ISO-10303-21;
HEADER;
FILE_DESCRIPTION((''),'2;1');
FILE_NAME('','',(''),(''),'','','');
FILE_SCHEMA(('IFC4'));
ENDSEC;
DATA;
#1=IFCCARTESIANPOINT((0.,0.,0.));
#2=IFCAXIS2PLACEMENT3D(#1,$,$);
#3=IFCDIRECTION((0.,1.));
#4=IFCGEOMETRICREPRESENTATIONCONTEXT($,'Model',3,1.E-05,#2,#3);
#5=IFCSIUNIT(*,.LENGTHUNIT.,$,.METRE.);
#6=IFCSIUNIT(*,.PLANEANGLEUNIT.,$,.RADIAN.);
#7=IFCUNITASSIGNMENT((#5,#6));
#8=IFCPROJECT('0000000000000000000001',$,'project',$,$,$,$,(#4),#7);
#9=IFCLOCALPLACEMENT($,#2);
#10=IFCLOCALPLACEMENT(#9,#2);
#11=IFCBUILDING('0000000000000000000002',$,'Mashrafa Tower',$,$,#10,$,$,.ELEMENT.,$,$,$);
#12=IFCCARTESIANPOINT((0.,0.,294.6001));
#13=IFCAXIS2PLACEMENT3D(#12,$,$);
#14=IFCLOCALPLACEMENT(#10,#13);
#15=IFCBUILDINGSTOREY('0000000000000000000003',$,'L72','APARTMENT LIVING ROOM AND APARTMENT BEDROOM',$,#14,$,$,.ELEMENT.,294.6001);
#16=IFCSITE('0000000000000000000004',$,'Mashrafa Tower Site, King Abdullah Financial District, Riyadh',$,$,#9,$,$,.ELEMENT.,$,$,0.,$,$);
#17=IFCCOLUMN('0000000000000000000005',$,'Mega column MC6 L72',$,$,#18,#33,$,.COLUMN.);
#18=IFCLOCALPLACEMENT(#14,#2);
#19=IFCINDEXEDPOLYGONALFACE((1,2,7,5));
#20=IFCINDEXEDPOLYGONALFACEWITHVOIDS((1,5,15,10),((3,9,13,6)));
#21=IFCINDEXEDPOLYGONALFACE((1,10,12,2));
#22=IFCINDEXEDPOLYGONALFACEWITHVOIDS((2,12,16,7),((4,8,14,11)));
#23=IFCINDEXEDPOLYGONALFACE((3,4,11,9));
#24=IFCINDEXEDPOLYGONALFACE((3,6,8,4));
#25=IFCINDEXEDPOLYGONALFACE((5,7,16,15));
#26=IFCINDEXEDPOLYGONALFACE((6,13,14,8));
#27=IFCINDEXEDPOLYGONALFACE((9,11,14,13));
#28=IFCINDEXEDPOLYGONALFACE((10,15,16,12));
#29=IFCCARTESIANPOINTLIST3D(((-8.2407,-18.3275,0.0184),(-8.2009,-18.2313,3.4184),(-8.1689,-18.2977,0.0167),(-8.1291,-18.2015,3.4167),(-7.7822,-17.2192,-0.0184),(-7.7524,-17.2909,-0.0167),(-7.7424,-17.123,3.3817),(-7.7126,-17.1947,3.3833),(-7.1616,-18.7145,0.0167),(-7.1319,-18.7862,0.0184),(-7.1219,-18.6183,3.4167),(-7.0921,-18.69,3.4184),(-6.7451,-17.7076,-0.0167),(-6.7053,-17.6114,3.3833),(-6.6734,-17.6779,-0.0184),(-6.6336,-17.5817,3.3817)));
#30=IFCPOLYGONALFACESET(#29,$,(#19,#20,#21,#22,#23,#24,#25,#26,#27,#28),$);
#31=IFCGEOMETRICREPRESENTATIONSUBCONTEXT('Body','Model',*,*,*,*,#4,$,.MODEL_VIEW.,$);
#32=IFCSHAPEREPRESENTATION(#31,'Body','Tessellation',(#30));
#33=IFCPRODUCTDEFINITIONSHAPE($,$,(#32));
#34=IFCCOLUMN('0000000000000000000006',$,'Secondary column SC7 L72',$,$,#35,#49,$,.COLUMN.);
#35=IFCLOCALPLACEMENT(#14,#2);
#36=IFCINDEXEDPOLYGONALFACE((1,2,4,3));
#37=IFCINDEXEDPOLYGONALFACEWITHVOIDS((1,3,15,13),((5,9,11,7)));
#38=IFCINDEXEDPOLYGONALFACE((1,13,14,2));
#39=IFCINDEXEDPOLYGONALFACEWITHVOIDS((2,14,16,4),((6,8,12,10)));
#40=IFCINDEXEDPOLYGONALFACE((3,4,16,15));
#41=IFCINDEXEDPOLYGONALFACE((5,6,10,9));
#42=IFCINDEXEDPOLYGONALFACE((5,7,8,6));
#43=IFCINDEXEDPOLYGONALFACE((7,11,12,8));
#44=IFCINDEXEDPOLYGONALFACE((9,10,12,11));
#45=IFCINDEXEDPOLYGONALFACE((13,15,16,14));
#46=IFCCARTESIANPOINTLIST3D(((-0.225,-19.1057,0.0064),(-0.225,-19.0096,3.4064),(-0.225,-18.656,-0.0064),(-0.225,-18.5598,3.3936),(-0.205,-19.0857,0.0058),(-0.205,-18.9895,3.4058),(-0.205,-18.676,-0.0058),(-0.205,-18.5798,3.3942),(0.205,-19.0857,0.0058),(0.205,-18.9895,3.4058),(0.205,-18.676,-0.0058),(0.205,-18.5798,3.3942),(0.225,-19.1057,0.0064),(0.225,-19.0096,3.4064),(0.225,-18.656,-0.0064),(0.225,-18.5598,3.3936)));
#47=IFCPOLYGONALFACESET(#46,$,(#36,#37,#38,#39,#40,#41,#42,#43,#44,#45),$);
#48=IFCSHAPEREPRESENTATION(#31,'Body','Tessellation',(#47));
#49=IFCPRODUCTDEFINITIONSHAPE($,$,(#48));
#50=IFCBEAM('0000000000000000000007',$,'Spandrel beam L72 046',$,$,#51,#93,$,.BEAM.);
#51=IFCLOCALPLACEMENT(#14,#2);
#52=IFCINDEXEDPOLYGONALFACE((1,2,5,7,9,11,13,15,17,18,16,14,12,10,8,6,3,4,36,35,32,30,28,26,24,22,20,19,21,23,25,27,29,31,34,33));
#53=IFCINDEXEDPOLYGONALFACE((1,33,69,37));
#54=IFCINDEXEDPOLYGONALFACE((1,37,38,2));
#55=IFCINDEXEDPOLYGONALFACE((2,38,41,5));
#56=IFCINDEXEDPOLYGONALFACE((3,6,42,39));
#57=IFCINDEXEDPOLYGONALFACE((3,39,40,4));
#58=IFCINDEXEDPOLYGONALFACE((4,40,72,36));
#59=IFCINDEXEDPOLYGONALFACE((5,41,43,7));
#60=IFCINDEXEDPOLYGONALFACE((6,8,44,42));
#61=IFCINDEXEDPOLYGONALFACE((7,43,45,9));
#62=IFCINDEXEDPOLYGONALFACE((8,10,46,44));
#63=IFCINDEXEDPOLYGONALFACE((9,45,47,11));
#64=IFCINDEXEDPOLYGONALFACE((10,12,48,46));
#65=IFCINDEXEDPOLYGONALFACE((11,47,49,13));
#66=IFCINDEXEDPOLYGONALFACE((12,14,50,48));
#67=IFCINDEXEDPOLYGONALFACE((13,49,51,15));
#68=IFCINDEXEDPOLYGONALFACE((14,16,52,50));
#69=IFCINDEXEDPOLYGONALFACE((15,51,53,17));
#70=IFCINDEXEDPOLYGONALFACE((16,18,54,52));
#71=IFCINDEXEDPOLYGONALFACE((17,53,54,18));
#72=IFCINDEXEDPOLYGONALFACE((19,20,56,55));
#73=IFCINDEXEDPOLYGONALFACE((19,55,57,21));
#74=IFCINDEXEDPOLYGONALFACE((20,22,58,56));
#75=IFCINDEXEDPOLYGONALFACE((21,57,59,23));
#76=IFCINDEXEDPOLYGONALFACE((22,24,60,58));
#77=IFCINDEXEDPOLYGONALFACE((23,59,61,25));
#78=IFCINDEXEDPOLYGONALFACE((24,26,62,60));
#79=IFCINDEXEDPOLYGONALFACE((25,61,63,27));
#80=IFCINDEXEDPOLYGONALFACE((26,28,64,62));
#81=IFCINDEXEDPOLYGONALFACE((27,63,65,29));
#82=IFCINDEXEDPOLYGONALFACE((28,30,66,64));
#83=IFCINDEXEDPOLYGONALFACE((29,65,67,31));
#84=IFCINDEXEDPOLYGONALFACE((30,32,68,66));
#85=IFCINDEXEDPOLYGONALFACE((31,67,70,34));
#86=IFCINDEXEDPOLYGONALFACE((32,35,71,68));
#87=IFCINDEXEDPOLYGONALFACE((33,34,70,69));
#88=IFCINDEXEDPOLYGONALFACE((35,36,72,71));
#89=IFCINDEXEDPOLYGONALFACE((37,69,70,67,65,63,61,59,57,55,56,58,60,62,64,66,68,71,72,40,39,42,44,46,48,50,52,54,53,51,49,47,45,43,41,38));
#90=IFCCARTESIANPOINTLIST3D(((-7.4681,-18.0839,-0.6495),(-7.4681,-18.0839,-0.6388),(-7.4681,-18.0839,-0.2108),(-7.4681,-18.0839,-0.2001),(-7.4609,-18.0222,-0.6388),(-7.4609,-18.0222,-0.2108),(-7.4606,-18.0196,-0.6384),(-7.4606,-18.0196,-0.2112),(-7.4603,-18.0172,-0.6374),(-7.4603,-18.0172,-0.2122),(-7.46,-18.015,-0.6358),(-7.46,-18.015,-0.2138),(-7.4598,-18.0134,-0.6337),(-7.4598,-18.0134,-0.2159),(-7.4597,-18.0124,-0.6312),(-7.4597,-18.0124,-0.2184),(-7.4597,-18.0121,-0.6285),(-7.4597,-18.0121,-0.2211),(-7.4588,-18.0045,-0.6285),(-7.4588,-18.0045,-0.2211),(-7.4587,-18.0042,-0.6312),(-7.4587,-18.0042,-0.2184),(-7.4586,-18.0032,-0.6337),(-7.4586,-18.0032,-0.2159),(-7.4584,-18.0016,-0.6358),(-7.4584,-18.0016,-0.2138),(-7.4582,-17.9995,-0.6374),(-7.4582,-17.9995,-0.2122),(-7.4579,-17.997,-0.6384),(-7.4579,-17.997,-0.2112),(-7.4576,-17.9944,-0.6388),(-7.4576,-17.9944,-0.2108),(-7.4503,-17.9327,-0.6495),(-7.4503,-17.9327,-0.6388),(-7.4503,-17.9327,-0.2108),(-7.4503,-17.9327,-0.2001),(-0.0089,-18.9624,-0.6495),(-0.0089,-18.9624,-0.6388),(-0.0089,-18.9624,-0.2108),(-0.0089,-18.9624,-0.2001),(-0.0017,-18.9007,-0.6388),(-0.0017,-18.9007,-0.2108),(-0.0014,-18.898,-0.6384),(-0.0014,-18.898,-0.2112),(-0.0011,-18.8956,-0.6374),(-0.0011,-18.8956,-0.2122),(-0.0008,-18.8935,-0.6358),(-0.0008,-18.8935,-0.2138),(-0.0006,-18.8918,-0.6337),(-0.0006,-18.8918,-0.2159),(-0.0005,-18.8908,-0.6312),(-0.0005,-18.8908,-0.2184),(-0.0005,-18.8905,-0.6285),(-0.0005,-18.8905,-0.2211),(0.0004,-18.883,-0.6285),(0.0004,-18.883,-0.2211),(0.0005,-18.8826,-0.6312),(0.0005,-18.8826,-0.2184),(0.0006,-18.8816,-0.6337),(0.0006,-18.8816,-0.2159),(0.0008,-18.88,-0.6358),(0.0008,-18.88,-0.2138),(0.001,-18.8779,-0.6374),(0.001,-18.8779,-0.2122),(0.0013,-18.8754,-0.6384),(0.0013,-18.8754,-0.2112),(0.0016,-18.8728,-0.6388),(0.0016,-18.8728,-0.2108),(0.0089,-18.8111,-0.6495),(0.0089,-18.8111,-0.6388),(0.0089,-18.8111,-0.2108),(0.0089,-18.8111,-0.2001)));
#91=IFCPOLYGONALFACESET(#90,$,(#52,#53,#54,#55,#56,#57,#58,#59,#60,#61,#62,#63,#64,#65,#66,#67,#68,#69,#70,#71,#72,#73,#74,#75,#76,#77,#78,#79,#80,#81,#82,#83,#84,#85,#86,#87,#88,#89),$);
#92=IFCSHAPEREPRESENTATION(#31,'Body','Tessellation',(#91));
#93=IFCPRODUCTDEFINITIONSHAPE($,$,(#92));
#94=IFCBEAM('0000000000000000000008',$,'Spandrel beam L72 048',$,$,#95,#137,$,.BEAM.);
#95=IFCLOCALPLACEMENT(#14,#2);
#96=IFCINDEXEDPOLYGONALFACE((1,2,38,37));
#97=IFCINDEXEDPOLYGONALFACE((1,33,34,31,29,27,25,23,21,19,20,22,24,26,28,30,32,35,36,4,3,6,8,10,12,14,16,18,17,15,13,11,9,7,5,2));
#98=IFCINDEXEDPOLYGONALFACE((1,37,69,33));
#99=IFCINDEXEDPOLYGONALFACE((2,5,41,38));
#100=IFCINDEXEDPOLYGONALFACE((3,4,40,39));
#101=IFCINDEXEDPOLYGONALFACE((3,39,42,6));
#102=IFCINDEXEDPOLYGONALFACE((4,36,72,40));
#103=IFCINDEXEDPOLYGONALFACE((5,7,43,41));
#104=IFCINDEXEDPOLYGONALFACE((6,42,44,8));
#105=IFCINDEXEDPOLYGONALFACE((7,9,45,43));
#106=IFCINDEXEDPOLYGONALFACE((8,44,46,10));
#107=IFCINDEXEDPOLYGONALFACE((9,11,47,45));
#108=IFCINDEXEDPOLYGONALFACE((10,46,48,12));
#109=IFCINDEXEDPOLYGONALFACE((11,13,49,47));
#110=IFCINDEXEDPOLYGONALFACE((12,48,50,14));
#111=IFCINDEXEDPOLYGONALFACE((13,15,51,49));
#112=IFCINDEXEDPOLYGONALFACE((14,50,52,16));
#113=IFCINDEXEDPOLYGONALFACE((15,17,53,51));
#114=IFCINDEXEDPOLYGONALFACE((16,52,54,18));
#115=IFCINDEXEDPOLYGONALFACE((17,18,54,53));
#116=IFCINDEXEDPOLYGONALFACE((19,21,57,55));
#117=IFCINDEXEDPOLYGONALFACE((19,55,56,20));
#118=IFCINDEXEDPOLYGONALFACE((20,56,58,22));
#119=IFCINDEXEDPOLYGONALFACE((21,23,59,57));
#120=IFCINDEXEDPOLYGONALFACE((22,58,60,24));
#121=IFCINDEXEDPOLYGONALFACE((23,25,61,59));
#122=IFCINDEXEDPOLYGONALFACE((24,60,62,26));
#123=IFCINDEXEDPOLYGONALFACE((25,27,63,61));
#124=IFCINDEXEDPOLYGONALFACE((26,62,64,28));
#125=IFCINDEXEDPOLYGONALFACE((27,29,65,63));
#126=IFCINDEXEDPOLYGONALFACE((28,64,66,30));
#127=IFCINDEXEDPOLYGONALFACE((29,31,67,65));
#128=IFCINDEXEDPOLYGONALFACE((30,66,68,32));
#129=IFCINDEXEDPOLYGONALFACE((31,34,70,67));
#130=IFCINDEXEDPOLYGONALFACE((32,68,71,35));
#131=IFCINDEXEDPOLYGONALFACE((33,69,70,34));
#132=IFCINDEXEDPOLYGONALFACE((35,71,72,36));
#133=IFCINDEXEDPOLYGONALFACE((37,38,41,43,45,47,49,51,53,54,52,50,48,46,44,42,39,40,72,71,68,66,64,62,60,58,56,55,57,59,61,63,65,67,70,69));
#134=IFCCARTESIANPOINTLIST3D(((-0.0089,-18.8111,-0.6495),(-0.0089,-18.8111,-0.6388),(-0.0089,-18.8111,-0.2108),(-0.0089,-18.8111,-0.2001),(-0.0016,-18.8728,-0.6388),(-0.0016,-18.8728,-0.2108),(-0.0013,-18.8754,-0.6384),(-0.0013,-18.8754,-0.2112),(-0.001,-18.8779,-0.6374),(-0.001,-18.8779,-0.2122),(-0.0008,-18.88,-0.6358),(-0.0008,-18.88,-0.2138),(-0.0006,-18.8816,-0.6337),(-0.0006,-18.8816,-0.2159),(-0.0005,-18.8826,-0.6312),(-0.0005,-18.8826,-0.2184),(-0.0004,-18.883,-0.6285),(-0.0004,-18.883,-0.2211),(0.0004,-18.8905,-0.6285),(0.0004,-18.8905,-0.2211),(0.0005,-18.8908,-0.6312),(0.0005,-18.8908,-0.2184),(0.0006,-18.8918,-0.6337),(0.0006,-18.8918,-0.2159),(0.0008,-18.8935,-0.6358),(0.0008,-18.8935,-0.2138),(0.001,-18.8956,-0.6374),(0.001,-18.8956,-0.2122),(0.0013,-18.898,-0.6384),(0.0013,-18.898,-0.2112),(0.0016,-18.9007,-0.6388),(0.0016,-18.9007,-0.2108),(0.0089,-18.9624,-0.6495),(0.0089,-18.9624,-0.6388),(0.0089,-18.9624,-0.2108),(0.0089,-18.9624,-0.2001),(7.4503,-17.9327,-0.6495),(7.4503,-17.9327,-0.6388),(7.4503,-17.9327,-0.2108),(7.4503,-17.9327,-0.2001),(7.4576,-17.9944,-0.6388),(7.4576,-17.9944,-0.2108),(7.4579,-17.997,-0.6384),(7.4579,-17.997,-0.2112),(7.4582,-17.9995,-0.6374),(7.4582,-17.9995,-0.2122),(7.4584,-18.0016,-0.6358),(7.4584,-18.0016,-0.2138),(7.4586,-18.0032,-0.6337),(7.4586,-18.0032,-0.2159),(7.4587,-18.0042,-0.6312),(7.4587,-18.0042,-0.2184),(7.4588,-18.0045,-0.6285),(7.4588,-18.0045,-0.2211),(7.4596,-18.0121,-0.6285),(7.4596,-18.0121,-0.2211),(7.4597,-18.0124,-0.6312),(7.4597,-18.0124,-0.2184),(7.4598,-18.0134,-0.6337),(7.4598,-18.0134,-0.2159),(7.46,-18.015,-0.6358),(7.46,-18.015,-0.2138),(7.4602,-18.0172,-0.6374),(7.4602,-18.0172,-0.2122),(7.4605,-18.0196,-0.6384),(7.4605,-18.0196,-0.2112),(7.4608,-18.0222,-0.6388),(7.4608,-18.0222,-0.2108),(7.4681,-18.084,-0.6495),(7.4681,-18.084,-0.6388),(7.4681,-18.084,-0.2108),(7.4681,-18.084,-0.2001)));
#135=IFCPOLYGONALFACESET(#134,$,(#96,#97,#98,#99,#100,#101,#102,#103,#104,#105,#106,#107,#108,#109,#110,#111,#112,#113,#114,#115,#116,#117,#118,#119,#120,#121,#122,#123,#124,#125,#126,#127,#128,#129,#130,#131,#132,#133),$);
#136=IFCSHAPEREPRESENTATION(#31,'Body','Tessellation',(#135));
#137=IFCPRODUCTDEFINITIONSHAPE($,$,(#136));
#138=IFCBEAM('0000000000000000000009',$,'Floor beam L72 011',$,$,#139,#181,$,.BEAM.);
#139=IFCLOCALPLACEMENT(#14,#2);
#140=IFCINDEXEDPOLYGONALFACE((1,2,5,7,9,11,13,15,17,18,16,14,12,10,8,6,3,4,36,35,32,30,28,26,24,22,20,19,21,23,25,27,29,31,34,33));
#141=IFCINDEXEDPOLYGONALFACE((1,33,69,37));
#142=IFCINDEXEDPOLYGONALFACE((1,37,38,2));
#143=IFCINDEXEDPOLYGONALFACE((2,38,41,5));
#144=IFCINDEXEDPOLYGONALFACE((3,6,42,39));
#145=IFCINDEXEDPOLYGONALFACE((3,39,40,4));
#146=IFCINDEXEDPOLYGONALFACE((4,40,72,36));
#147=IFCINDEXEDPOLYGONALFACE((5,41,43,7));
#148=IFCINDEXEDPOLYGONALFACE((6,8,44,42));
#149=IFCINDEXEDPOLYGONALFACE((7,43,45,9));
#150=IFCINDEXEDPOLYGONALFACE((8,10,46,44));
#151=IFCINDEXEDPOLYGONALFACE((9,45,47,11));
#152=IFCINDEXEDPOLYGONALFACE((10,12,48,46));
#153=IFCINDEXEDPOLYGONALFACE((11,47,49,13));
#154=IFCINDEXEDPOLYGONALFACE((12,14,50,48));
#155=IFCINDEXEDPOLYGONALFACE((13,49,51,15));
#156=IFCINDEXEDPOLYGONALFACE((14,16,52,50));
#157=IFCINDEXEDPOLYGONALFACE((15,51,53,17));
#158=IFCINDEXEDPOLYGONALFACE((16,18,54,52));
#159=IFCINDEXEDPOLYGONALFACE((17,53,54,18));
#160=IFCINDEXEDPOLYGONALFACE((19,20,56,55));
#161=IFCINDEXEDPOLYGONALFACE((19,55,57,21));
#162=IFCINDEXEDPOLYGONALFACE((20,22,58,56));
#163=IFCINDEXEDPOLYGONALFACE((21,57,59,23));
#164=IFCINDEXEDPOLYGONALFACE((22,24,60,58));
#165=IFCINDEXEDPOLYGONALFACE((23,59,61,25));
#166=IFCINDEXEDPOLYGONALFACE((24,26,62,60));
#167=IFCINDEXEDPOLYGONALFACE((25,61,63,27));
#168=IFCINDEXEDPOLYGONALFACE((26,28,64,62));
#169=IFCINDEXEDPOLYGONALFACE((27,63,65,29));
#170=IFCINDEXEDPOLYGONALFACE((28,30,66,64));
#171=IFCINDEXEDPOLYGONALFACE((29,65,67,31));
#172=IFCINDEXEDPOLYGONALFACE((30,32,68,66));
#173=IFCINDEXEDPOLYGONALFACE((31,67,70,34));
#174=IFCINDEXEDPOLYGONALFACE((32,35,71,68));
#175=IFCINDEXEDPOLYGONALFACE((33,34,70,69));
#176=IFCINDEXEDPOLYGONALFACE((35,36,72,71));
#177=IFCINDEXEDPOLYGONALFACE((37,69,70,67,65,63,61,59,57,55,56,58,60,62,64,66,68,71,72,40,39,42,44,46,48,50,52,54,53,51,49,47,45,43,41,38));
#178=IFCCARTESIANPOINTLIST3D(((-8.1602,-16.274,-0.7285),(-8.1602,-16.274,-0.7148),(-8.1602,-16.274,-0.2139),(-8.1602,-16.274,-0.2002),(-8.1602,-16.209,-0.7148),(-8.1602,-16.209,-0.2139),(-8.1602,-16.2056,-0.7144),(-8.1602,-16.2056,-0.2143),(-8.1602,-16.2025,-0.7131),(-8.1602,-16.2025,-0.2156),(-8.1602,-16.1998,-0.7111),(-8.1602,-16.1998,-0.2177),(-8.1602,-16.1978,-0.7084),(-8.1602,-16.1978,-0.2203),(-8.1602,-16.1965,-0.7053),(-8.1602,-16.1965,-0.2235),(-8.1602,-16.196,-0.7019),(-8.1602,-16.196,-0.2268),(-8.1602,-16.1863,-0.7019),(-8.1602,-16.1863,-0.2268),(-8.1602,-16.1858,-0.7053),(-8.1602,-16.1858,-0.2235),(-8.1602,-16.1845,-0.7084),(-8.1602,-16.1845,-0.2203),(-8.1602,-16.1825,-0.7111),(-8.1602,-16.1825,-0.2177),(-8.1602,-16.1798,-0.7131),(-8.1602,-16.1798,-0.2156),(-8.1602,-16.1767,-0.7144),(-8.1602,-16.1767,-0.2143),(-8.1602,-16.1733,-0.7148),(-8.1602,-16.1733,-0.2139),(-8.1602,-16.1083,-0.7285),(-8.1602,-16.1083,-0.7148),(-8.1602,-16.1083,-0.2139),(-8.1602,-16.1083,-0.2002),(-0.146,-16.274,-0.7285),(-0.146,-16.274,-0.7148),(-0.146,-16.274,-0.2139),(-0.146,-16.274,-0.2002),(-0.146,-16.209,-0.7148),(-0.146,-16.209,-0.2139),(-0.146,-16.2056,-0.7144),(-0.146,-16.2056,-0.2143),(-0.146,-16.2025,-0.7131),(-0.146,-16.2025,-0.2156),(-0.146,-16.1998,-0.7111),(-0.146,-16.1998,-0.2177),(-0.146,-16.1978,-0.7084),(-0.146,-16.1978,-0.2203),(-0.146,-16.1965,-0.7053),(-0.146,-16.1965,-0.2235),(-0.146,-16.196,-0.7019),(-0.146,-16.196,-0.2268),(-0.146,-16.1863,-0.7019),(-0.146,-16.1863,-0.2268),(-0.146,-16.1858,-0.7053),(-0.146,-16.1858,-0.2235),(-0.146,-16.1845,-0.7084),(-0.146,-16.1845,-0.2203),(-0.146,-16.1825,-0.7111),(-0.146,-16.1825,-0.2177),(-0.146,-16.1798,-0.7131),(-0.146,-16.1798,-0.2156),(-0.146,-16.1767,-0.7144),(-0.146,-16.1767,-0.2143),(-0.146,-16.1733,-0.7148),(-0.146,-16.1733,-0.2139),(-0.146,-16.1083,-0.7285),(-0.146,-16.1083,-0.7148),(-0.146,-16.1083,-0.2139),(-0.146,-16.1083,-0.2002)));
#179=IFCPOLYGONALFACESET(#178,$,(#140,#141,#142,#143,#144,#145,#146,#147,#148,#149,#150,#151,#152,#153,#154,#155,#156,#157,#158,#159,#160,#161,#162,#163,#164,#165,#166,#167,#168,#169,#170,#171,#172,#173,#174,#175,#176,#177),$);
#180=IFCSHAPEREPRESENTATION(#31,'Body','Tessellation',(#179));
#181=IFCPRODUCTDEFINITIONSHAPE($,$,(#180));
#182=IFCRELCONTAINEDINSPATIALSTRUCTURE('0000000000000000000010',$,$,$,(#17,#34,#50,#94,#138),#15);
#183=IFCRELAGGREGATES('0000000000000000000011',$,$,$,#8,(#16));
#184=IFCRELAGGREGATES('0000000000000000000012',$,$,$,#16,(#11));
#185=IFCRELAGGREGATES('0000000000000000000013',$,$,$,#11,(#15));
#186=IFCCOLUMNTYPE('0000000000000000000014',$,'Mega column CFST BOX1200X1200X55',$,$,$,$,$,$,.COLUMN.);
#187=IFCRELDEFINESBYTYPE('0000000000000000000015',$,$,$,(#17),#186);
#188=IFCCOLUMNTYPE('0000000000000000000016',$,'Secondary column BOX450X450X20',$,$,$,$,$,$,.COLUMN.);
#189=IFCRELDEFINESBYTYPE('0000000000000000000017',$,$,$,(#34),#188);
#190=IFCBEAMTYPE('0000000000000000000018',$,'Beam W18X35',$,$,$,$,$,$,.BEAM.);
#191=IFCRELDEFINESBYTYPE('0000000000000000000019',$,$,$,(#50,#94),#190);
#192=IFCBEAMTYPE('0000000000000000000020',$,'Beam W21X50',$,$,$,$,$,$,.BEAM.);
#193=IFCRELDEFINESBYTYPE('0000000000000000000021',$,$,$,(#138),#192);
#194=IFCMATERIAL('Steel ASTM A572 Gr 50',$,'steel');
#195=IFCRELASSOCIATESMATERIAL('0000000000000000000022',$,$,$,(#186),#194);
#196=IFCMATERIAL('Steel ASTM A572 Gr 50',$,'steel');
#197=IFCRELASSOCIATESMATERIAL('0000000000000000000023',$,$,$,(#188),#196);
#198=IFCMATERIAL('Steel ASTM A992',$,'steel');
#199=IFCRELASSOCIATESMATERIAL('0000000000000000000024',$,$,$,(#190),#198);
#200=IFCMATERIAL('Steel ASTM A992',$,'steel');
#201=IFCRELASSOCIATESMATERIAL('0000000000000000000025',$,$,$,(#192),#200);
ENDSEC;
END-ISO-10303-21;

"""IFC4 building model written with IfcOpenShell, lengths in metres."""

from ifc_helpers import new_model, si_unit, direction, frame, origin, origin_2d, place, context, subcontext, project, spatial, hollow_rectangle, i_section, extrude, material, material_profile, profile_set, type_object, element, save


model = new_model("IFC4")

# Units and contexts
model_context = context("Model", 3, precision=1e-05, world=origin(), true_north=direction((0.0, 1.0)))
body_context = subcontext(model_context, "Body", "Model", "MODEL_VIEW")
ifc_project = project(units=[si_unit("LENGTHUNIT", "METRE"), si_unit("PLANEANGLEUNIT", "RADIAN")], contexts=[model_context])

# Site, building, storey
site_placement = place(None, origin())
site = spatial("IfcSite", under=ifc_project, at=site_placement, Name="Mashrafa Tower Site, King Abdullah Financial District, Riyadh", CompositionType="ELEMENT", RefElevation=0.0)
building_placement = place(site_placement, origin())
building = spatial("IfcBuilding", under=site, at=building_placement, Name="Mashrafa Tower", CompositionType="ELEMENT")
storey_placement = place(building_placement, frame((0.0, 0.0, 294.6001)))
storey = spatial("IfcBuildingStorey", under=building, at=storey_placement, Name="L72", Description="APARTMENT LIVING ROOM AND APARTMENT BEDROOM", CompositionType="ELEMENT", Elevation=294.6001)

# Columns
ifc_material_1 = material(Name="Steel ASTM A572 Gr 50", Category="steel")
ifc_material_profile_1 = material_profile(ifc_material_1, hollow_rectangle(XDim=1.2, YDim=1.2, WallThickness=0.0549, at=origin_2d()), Name="BOX1200X1200X55")
ifc_profile_set_1 = profile_set([ifc_material_profile_1], Name="Steel ASTM A572 Gr 50")
column_type_1 = type_object("IfcColumnType", Name="Mega column CFST BOX1200X1200X55", PredefinedType="COLUMN", material=ifc_profile_set_1)
column_1_placement = place(storey_placement, frame((-7.457, -18.0027, 0.0), z_axis=(0.011699, 0.028279, 0.999532), x_axis=(-0.924045, 0.382283, 0.0)))
element("IfcColumn", 1, at=column_1_placement, inside=storey, type_object=column_type_1, Name="Mega column MC6 L72", PredefinedType="COLUMN", context=body_context, shape_type="SweptSolid", body=[
    extrude(hollow_rectangle(XDim=1.2, YDim=1.2, WallThickness=0.0549, at=origin_2d()), origin(), (0.0, 0.0, 1.0), 3.4016),
])
ifc_material_2 = material(Name="Steel ASTM A572 Gr 50", Category="steel")
ifc_material_profile_2 = material_profile(ifc_material_2, hollow_rectangle(XDim=0.45, YDim=0.45, WallThickness=0.02, at=origin_2d()), Name="BOX450X450X20")
ifc_profile_set_2 = profile_set([ifc_material_profile_2], Name="Steel ASTM A572 Gr 50")
column_type_2 = type_object("IfcColumnType", Name="Secondary column BOX450X450X20", PredefinedType="COLUMN", material=ifc_profile_set_2)
column_2_placement = place(storey_placement, frame((0.0, -18.8809, 0.0), z_axis=(0.0, 0.028281, 0.9996), x_axis=(-1.0, 0.0, 0.0)))
element("IfcColumn", 2, at=column_2_placement, inside=storey, type_object=column_type_2, Name="Secondary column SC7 L72", PredefinedType="COLUMN", context=body_context, shape_type="SweptSolid", body=[
    extrude(hollow_rectangle(XDim=0.45, YDim=0.45, WallThickness=0.02, at=origin_2d()), origin(), (0.0, 0.0, 1.0), 3.4014),
])

# Beams
ifc_material_3 = material(Name="Steel ASTM A992", Category="steel")
ifc_material_profile_3 = material_profile(ifc_material_3, i_section(OverallWidth=0.1523, OverallDepth=0.4495, WebThickness=0.0076, FlangeThickness=0.0107, FilletRadius=0.0103, at=origin_2d()), Name="W18X35")
ifc_profile_set_3 = profile_set([ifc_material_profile_3], Name="Steel ASTM A992")
beam_type_1 = type_object("IfcBeamType", Name="Beam W18X35", PredefinedType="BEAM", material=ifc_profile_set_3)
for number, where, z_axis, x_axis, name in (
    (3, (-7.4592, -18.0083, -0.4248), (0.993137, -0.116954, 0.0), (0.116954, 0.993137, 0.0), "Spandrel beam L72 046"),
    (4, (0.0, -18.8867, -0.4248), (0.993137, 0.116954, 0.0), (-0.116954, 0.993137, 0.0), "Spandrel beam L72 048"),
):
    element("IfcBeam", number, at=place(storey_placement, frame(where, z_axis=z_axis, x_axis=x_axis)), inside=storey, type_object=beam_type_1, Name=name, PredefinedType="BEAM", context=body_context, shape_type="SweptSolid", body=[
        extrude(i_section(OverallWidth=0.1523, OverallDepth=0.4495, WebThickness=0.0076, FlangeThickness=0.0107, FilletRadius=0.0103, at=origin_2d()), origin(), (0.0, 0.0, 1.0), 7.5107),
    ])
ifc_material_4 = material(Name="Steel ASTM A992", Category="steel")
ifc_material_profile_4 = material_profile(ifc_material_4, i_section(OverallWidth=0.1658, OverallDepth=0.5283, WebThickness=0.0098, FlangeThickness=0.0137, FilletRadius=0.0129, at=origin_2d()), Name="W21X50")
ifc_profile_set_4 = profile_set([ifc_material_profile_4], Name="Steel ASTM A992")
beam_type_2 = type_object("IfcBeamType", Name="Beam W21X50", PredefinedType="BEAM", material=ifc_profile_set_4)
beam_placement = place(storey_placement, frame((-0.146, -16.1912, -0.4644), z_axis=(-1.0, 0.0, 0.0), x_axis=(0.0, -1.0, 0.0)))
element("IfcBeam", 5, at=beam_placement, inside=storey, type_object=beam_type_2, Name="Floor beam L72 011", PredefinedType="BEAM", context=body_context, shape_type="SweptSolid", body=[
    extrude(i_section(OverallWidth=0.1658, OverallDepth=0.5283, WebThickness=0.0098, FlangeThickness=0.0137, FilletRadius=0.0129, at=origin_2d()), origin(), (0.0, 0.0, 1.0), 8.0142),
])

save(model, "model.ifc")
